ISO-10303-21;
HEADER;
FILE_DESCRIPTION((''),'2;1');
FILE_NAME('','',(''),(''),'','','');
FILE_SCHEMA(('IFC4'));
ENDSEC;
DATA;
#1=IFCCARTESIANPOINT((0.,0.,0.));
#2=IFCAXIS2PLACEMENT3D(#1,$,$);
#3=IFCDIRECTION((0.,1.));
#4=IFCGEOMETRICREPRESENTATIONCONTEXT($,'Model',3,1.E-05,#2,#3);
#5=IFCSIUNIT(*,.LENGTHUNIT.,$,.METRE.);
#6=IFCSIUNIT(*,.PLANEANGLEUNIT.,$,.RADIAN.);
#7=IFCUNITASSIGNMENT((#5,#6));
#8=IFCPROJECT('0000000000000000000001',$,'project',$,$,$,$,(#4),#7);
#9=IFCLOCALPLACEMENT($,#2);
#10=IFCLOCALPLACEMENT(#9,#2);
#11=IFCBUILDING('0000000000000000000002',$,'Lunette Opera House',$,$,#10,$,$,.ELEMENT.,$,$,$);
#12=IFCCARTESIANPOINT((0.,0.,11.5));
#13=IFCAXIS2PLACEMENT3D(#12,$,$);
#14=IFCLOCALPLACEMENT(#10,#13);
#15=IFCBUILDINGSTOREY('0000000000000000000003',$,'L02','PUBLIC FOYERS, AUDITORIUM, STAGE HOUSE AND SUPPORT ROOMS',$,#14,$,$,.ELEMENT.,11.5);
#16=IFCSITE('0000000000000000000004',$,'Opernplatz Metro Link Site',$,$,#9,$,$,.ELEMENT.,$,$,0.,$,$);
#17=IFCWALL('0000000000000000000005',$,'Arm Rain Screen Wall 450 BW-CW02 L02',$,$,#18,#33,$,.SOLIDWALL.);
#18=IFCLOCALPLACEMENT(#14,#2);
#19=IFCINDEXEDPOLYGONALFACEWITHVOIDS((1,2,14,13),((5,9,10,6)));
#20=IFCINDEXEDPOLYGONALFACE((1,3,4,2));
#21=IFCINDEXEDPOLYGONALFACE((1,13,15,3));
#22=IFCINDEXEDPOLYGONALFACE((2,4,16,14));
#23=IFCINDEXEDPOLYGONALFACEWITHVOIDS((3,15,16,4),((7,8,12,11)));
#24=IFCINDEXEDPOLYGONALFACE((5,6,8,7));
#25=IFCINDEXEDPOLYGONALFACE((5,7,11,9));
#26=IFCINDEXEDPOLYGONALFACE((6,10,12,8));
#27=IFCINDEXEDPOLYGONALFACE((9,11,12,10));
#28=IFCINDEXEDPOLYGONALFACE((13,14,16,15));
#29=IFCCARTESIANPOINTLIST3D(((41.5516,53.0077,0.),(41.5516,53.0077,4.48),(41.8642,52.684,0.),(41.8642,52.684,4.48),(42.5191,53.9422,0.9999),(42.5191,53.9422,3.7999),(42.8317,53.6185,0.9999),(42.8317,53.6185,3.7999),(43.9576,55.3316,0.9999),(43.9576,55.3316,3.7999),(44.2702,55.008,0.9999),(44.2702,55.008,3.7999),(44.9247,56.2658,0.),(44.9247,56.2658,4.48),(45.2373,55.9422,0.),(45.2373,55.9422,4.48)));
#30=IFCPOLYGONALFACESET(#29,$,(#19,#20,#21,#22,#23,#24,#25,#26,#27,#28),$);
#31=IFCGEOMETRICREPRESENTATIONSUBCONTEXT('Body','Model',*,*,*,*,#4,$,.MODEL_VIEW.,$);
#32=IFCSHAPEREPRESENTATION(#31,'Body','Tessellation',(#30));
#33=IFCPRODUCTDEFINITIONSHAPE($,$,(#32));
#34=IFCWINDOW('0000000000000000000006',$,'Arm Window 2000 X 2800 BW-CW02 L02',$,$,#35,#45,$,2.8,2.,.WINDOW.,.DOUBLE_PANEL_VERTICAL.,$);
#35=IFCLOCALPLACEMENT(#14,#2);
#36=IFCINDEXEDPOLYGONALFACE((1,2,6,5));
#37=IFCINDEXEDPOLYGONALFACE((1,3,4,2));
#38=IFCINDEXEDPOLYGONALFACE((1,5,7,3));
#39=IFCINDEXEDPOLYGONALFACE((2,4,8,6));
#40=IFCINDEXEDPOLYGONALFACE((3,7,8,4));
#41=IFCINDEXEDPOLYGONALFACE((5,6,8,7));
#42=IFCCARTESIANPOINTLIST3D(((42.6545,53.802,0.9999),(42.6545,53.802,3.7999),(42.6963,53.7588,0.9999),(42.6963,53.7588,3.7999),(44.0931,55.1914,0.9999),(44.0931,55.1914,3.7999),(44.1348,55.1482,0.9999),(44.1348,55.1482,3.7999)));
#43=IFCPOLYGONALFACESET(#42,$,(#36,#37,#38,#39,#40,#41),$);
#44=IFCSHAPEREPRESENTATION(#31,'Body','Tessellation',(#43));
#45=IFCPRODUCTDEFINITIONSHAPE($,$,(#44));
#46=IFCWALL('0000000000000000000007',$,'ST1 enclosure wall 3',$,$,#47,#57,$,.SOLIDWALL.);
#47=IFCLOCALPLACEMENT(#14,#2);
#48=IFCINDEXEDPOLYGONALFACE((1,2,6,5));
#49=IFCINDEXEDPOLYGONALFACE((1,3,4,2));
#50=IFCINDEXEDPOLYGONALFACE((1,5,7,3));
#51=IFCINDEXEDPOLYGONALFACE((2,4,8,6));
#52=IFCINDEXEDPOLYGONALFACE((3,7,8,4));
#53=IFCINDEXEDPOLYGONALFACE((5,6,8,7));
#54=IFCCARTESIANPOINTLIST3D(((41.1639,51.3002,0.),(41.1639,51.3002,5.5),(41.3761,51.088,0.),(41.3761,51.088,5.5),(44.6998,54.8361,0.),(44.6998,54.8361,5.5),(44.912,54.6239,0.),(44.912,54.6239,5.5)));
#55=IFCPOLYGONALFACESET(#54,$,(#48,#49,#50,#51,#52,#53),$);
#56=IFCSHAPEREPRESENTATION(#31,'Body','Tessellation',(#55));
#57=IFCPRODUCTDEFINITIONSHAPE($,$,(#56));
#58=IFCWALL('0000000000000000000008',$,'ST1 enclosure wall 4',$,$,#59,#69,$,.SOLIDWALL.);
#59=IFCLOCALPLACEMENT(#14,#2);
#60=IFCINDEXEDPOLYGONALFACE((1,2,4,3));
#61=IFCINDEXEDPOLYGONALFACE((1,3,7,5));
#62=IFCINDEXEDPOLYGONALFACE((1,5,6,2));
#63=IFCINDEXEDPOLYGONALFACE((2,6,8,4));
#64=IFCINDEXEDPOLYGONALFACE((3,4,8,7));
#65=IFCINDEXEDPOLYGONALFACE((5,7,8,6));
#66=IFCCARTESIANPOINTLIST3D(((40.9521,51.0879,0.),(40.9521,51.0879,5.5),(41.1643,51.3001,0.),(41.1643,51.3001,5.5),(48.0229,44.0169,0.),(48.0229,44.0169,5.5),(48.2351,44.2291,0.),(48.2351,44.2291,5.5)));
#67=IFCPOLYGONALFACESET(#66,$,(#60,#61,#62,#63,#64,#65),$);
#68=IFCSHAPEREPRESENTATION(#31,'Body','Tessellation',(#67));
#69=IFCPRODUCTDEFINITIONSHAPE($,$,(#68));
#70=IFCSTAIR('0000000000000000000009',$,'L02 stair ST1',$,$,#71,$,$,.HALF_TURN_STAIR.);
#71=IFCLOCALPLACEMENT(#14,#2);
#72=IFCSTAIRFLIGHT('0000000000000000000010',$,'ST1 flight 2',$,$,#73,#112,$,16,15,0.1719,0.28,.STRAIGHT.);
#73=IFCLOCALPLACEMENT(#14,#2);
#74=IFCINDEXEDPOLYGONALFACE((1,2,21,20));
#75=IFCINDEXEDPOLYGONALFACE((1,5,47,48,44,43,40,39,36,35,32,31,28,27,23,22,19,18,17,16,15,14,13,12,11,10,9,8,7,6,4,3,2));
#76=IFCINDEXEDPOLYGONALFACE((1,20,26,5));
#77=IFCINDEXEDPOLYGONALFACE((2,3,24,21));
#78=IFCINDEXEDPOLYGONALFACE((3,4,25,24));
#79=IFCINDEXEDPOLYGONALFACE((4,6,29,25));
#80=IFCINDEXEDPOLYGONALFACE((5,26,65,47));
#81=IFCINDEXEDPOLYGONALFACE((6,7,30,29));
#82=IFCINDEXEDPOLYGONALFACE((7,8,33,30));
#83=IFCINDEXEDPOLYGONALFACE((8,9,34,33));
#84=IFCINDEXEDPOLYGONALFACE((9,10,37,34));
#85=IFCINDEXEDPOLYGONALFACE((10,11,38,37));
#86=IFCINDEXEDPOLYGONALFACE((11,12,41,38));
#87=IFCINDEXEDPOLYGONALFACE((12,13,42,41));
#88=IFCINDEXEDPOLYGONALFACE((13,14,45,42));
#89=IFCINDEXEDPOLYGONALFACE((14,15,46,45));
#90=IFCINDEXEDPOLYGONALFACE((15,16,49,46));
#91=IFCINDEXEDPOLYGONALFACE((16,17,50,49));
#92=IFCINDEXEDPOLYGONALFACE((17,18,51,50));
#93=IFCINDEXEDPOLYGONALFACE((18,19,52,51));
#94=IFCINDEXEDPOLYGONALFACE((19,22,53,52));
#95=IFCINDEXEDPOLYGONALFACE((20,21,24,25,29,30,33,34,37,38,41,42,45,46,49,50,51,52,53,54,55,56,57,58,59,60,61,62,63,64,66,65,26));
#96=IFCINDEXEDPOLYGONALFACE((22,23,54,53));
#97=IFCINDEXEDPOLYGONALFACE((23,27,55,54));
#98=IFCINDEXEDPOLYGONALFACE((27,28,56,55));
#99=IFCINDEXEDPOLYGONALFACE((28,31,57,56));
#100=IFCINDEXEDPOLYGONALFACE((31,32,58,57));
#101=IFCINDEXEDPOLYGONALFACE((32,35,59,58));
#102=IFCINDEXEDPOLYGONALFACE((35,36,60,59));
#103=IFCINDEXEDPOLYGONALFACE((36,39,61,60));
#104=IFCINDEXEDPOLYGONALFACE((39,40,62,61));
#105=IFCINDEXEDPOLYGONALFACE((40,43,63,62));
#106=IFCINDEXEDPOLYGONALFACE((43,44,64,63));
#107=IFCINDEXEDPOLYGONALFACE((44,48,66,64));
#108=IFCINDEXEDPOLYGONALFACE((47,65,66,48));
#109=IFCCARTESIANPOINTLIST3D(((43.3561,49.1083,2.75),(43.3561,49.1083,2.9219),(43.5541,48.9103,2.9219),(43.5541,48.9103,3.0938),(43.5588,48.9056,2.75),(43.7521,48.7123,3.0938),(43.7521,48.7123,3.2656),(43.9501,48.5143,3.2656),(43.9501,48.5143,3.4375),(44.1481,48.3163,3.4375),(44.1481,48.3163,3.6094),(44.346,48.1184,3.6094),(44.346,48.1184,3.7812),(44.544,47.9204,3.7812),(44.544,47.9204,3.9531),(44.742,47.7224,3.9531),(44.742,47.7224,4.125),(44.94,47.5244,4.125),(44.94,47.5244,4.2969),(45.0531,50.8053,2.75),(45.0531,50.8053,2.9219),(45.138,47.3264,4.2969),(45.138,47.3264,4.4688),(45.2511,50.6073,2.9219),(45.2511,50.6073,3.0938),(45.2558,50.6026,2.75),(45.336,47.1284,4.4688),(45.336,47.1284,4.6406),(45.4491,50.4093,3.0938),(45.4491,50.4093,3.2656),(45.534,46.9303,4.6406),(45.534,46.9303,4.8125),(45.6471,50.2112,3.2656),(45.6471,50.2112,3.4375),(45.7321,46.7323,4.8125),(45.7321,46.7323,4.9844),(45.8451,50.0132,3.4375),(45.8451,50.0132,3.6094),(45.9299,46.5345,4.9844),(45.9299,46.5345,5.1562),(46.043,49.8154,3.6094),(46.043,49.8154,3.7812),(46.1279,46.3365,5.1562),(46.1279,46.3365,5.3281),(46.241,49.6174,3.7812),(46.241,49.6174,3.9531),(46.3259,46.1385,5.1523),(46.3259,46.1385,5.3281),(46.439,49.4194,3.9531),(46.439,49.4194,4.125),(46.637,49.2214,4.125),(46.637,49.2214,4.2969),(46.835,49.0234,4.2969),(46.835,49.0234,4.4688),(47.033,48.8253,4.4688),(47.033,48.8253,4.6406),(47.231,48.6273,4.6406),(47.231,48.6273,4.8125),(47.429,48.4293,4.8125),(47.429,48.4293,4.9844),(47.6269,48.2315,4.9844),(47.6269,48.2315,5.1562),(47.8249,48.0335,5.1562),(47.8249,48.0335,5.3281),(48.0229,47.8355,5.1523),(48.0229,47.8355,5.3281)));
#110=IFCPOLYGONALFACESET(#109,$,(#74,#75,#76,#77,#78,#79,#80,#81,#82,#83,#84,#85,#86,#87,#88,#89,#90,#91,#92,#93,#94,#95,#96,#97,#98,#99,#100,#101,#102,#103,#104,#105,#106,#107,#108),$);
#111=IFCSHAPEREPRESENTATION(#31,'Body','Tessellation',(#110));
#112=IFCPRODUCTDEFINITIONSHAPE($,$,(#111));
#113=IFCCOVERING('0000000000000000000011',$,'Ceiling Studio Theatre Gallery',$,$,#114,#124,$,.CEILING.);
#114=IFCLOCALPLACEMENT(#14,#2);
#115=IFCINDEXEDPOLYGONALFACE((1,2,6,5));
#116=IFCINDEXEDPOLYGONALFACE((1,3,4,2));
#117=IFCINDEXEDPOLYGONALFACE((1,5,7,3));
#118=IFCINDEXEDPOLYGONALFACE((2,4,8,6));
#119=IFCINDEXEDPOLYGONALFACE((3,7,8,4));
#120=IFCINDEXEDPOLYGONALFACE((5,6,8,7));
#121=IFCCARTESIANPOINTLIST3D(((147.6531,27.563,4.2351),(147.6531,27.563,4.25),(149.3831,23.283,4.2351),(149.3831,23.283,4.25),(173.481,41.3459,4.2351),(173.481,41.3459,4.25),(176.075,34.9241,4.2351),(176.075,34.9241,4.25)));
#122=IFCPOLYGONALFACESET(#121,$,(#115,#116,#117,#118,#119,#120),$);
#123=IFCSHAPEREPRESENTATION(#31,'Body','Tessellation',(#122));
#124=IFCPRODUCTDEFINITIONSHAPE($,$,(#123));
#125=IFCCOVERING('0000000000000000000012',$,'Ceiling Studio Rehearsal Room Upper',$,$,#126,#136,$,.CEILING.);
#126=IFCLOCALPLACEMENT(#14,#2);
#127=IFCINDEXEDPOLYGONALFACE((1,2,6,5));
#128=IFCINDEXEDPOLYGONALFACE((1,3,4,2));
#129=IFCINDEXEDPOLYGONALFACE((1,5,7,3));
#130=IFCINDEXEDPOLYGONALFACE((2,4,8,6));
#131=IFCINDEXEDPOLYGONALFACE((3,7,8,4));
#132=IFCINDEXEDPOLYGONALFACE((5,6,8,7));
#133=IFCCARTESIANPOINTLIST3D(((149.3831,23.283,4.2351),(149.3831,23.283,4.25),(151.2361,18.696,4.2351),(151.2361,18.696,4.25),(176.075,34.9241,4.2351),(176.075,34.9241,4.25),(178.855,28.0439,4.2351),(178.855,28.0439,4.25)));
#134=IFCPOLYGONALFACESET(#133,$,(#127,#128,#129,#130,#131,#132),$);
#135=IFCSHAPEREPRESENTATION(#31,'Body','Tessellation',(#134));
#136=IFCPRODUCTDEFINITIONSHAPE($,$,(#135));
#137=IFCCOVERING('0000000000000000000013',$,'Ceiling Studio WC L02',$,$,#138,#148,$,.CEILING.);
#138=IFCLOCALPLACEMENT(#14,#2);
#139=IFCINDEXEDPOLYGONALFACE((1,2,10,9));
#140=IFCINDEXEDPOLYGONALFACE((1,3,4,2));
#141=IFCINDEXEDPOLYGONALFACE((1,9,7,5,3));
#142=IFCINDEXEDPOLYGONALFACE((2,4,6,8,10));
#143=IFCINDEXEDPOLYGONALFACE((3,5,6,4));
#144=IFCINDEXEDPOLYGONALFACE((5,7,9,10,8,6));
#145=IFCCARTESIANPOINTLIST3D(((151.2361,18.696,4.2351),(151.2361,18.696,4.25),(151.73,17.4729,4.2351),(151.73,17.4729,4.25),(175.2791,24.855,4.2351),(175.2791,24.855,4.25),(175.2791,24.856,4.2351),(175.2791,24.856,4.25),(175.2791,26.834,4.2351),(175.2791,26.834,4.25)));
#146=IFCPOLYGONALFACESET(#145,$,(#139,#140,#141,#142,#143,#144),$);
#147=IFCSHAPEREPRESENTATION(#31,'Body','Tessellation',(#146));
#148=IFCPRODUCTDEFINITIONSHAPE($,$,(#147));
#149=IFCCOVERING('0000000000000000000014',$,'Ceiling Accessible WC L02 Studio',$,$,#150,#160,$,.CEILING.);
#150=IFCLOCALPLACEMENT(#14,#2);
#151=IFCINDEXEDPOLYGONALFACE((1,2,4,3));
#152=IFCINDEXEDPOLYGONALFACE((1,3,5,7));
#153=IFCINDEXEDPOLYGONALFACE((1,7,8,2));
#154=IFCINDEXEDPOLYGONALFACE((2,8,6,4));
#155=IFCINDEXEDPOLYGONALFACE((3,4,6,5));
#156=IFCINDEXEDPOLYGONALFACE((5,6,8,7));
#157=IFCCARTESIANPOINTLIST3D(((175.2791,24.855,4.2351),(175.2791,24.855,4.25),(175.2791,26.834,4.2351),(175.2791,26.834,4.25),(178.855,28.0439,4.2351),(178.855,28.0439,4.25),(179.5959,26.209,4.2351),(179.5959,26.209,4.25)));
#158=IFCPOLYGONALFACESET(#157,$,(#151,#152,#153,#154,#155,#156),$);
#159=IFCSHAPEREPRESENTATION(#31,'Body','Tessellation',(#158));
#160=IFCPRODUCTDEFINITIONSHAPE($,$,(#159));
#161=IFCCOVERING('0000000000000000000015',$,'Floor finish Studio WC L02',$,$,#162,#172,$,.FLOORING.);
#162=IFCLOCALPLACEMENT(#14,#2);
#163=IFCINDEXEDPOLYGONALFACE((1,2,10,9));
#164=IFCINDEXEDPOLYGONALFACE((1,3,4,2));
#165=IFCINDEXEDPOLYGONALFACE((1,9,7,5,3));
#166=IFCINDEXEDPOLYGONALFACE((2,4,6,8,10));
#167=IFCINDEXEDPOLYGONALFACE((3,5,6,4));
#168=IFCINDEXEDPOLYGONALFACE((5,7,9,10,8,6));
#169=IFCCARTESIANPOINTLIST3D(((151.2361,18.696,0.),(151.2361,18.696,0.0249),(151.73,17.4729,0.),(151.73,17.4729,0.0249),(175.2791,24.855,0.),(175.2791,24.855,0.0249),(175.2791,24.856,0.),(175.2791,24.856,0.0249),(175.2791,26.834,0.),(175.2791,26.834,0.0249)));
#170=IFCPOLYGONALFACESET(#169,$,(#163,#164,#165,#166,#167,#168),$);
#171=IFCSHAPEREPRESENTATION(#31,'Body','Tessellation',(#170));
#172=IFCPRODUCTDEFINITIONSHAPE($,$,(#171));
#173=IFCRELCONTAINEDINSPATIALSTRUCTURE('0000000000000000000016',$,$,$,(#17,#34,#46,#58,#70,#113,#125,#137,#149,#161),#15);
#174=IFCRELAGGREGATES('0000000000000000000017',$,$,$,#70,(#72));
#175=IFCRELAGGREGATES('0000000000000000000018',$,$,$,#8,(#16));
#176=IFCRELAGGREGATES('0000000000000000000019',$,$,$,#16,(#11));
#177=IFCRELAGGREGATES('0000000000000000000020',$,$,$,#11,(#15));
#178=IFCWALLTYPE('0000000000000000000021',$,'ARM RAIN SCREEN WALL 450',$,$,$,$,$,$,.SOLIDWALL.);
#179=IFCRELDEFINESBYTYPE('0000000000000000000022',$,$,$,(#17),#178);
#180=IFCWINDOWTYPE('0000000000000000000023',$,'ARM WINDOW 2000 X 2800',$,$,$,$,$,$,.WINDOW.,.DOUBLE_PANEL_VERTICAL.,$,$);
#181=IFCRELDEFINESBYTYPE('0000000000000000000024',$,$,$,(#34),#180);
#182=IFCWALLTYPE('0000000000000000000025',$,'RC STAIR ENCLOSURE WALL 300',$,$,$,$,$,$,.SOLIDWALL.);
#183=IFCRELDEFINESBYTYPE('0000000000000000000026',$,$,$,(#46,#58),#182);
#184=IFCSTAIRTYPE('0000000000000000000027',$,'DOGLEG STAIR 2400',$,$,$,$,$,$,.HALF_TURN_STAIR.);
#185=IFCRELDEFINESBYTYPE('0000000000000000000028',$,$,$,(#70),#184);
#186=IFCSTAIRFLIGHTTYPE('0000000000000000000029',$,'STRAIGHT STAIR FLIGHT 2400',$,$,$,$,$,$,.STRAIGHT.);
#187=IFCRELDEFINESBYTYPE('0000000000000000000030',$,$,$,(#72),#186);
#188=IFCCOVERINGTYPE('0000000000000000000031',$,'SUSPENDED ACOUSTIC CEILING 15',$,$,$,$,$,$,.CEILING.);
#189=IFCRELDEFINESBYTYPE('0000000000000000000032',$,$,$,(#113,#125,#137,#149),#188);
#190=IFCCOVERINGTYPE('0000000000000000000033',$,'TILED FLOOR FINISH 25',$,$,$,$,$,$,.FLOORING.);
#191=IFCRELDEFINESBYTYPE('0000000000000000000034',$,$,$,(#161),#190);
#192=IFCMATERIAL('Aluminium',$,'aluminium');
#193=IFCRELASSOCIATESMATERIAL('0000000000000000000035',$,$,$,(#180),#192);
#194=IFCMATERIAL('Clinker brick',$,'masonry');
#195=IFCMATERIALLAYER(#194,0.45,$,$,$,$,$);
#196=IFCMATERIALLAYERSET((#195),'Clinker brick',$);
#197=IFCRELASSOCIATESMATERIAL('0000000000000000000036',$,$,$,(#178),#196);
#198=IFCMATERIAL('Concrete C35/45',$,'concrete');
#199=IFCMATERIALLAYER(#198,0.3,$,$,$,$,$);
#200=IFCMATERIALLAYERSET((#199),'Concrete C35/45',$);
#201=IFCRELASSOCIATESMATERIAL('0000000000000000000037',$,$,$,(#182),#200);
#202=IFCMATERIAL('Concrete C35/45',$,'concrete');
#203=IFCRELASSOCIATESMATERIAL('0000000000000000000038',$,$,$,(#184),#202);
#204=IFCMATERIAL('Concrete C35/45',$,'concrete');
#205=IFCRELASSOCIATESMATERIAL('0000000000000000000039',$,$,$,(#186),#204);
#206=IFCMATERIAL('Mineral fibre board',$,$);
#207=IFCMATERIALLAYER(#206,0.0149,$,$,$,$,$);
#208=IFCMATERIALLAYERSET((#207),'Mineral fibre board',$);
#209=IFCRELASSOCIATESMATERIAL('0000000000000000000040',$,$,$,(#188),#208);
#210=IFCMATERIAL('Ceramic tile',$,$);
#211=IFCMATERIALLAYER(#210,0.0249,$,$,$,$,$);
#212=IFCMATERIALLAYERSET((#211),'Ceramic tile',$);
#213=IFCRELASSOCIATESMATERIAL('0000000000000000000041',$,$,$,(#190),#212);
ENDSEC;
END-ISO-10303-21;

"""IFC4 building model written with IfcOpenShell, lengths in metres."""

from ifc_helpers import new_model, si_unit, direction, frame, frame_2d, origin, place, context, subcontext, project, spatial, polyline, rectangle, outline, extrude, material, layer, layer_set, type_object, element, fill, aggregate, save


model = new_model("IFC4")

# Units and contexts
model_context = context("Model", 3, precision=1e-05, world=origin(), true_north=direction((0.0, 1.0)))
body_context = subcontext(model_context, "Body", "Model", "MODEL_VIEW")
ifc_project = project(units=[si_unit("LENGTHUNIT", "METRE"), si_unit("PLANEANGLEUNIT", "RADIAN")], contexts=[model_context])

# Site, building, storey
site_placement = place(None, origin())
site = spatial("IfcSite", under=ifc_project, at=site_placement, Name="Opernplatz Metro Link Site", CompositionType="ELEMENT", RefElevation=0.0)
building_placement = place(site_placement, origin())
building = spatial("IfcBuilding", under=site, at=building_placement, Name="Lunette Opera House", CompositionType="ELEMENT")
storey_placement = place(building_placement, frame((0.0, 0.0, 11.5)))
storey = spatial("IfcBuildingStorey", under=building, at=storey_placement, Name="L02", Description="PUBLIC FOYERS, AUDITORIUM, STAGE HOUSE AND SUPPORT ROOMS", CompositionType="ELEMENT", Elevation=11.5)

# Wall, opening, window
ifc_material_1 = material(Name="Aluminium", Category="aluminium")
window_type = type_object("IfcWindowType", Name="ARM WINDOW 2000 X 2800", PartitioningType="DOUBLE_PANEL_VERTICAL", PredefinedType="WINDOW", material=ifc_material_1)
ifc_material_2 = material(Name="Clinker brick", Category="masonry")
ifc_layer_1 = layer(ifc_material_2, 0.45)
ifc_layer_set_1 = layer_set([ifc_layer_1], Name="Clinker brick")
wall_type_1 = type_object("IfcWallType", Name="ARM RAIN SCREEN WALL 450", PredefinedType="SOLIDWALL", material=ifc_layer_set_1)
wall_1_placement = place(storey_placement, frame((41.708, 52.8459, 0.0), z_axis=(0.0, 0.0, 1.0), x_axis=(0.719261, 0.69474, 0.0)))
wall_1 = element("IfcWall", 1, at=wall_1_placement, inside=storey, type_object=wall_type_1, Name="Arm Rain Screen Wall 450 BW-CW02 L02", PredefinedType="SOLIDWALL", context=body_context, shape_type="SweptSolid", body=[
    extrude(rectangle(XDim=4.6897, YDim=0.45, at=frame_2d((2.3447, 0.0))), origin(), (0.0, 0.0, 1.0), 4.48),
])
opening_1_placement = place(wall_1_placement, frame((1.345, 0.0, 1.0)))
opening_1 = element("IfcOpeningElement", 2, at=opening_1_placement, cuts=wall_1, PredefinedType="OPENING", context=body_context, shape_type="SweptSolid", body=[
    extrude(rectangle(XDim=2.0, YDim=2.8, at=frame_2d((1.0, 1.3999))), frame((0.0, 0.2371, 0.0), z_axis=(0.0, -1.0, 0.0), x_axis=(1.0, 0.0, 0.0)), (0.0, 0.0, 1.0), 0.4739),
])
window_1_placement = place(opening_1_placement, origin())
window_1 = element("IfcWindow", 3, at=window_1_placement, inside=storey, type_object=window_type, Name="Arm Window 2000 X 2800 BW-CW02 L02", OverallHeight=2.8, OverallWidth=2.0, PartitioningType="DOUBLE_PANEL_VERTICAL", PredefinedType="WINDOW", context=body_context, shape_type="SweptSolid", body=[
    extrude(rectangle(XDim=2.0, YDim=2.8, at=frame_2d((1.0, 1.3999))), frame((0.0, 0.03, 0.0), z_axis=(0.0, -1.0, 0.0), x_axis=(1.0, 0.0, 0.0)), (0.0, 0.0, 1.0), 0.0601),
])
fill(opening_1, window_1)

# Walls
ifc_material_3 = material(Name="Concrete C35/45", Category="concrete")
ifc_layer_2 = layer(ifc_material_3, 0.3)
ifc_layer_set_2 = layer_set([ifc_layer_2], Name="Concrete C35/45")
wall_type_2 = type_object("IfcWallType", Name="RC STAIR ENCLOSURE WALL 300", PredefinedType="SOLIDWALL", material=ifc_layer_set_2)
wall_2_placement = place(storey_placement, frame((44.8059, 54.73, 0.0), z_axis=(0.0, 0.0, 1.0), x_axis=(-0.707107, -0.707107, 0.0)))
element("IfcWall", 4, at=wall_2_placement, inside=storey, type_object=wall_type_2, Name="ST1 enclosure wall 3", PredefinedType="SOLIDWALL", context=body_context, shape_type="SweptSolid", body=[
    extrude(rectangle(XDim=5.0005, YDim=0.3, at=frame_2d((2.5002, 0.0))), origin(), (0.0, 0.0, 1.0), 5.5),
])
wall_3_placement = place(storey_placement, frame((41.0581, 51.1941, 0.0), z_axis=(0.0, 0.0, 1.0), x_axis=(0.707095, -0.707119, 0.0)))
element("IfcWall", 5, at=wall_3_placement, inside=storey, type_object=wall_type_2, Name="ST1 enclosure wall 4", PredefinedType="SOLIDWALL", context=body_context, shape_type="SweptSolid", body=[
    extrude(rectangle(XDim=9.9998, YDim=0.3, at=frame_2d((5.0, 0.0))), origin(), (0.0, 0.0, 1.0), 5.5),
])

# Stair, stair flight
ifc_material_4 = material(Name="Concrete C35/45", Category="concrete")
stair_type = type_object("IfcStairType", Name="DOGLEG STAIR 2400", PredefinedType="HALF_TURN_STAIR", material=ifc_material_4)
stair_placement = place(storey_placement, origin())
stair = element("IfcStair", 6, at=stair_placement, inside=storey, type_object=stair_type, Name="L02 stair ST1", PredefinedType="HALF_TURN_STAIR")
ifc_material_5 = material(Name="Concrete C35/45", Category="concrete")
stair_flight_type = type_object("IfcStairFlightType", Name="STRAIGHT STAIR FLIGHT 2400", PredefinedType="STRAIGHT", material=ifc_material_5)
stair_flight_placement = place(storey_placement, frame((44.2046, 49.9568, 2.75), z_axis=(0.0, 0.0, 1.0), x_axis=(0.707107, -0.707107, 0.0)))
stair_flight = element("IfcStairFlight", 7, at=stair_flight_placement, type_object=stair_flight_type, Name="ST1 flight 2", NumberOfRisers=16, NumberOfTreads=15, PredefinedType="STRAIGHT", RiserHeight=0.1719, TreadLength=0.28, context=body_context, shape_type="SweptSolid", body=[
    extrude(outline(polyline([(0.0, 0.0), (0.0, 0.1719), (0.28, 0.1719), (0.28, 0.3438), (0.5601, 0.3438), (0.5601, 0.5156), (0.8401, 0.5156), (0.8401, 0.6875), (1.1201, 0.6875), (1.1201, 0.8594), (1.3999, 0.8594), (1.3999, 1.0312), (1.6799, 1.0312), (1.6799, 1.2031), (1.96, 1.2031), (1.96, 1.375), (2.24, 1.375), (2.24, 1.5469), (2.52, 1.5469), (2.52, 1.7188), (2.8, 1.7188), (2.8, 1.8906), (3.0801, 1.8906), (3.0801, 2.0625), (3.3601, 2.0625), (3.3601, 2.2344), (3.6399, 2.2344), (3.6399, 2.4062), (3.9199, 2.4062), (3.9199, 2.5781), (4.2, 2.5781), (4.2, 2.75), (4.2, 2.4023), (0.2866, 0.0), (0.0, 0.0)])), frame((0.0, 1.2, 0.0), z_axis=(0.0, -1.0, 0.0), x_axis=(1.0, 0.0, 0.0)), (0.0, 0.0, 1.0), 2.3999),
])
aggregate(stair, [stair_flight])

# Coverings
ifc_material_6 = material(Name="Mineral fibre board")
ifc_layer_3 = layer(ifc_material_6, 0.0149)
ifc_layer_set_3 = layer_set([ifc_layer_3], Name="Mineral fibre board")
covering_type_1 = type_object("IfcCoveringType", Name="SUSPENDED ACOUSTIC CEILING 15", PredefinedType="CEILING", material=ifc_layer_set_3)
covering_1_placement = place(storey_placement, frame((0.0, 0.0, 4.2351)))
element("IfcCovering", 8, at=covering_1_placement, inside=storey, type_object=covering_type_1, Name="Ceiling Studio Theatre Gallery", PredefinedType="CEILING", context=body_context, shape_type="SweptSolid", body=[
    extrude(outline(polyline([(147.6531, 27.563), (173.481, 41.3459), (176.075, 34.9241), (149.3831, 23.283), (147.6531, 27.563)])), origin(), (0.0, 0.0, 1.0), 0.0149),
])
covering_2_placement = place(storey_placement, frame((0.0, 0.0, 4.2351)))
element("IfcCovering", 9, at=covering_2_placement, inside=storey, type_object=covering_type_1, Name="Ceiling Studio Rehearsal Room Upper", PredefinedType="CEILING", context=body_context, shape_type="SweptSolid", body=[
    extrude(outline(polyline([(149.3831, 23.283), (176.075, 34.9241), (178.855, 28.0439), (151.2361, 18.696), (149.3831, 23.283)])), origin(), (0.0, 0.0, 1.0), 0.0149),
])
covering_3_placement = place(storey_placement, frame((0.0, 0.0, 4.2351)))
element("IfcCovering", 10, at=covering_3_placement, inside=storey, type_object=covering_type_1, Name="Ceiling Studio WC L02", PredefinedType="CEILING", context=body_context, shape_type="SweptSolid", body=[
    extrude(outline(polyline([(175.2791, 24.855), (151.73, 17.4729), (151.2361, 18.696), (175.2791, 26.834), (175.2791, 24.856), (175.2791, 24.855)])), origin(), (0.0, 0.0, 1.0), 0.0149),
])
covering_4_placement = place(storey_placement, frame((0.0, 0.0, 4.2351)))
element("IfcCovering", 11, at=covering_4_placement, inside=storey, type_object=covering_type_1, Name="Ceiling Accessible WC L02 Studio", PredefinedType="CEILING", context=body_context, shape_type="SweptSolid", body=[
    extrude(outline(polyline([(179.5959, 26.209), (175.2791, 24.855), (175.2791, 26.834), (178.855, 28.0439), (179.5959, 26.209)])), origin(), (0.0, 0.0, 1.0), 0.0149),
])
ifc_material_7 = material(Name="Ceramic tile")
ifc_layer_4 = layer(ifc_material_7, 0.0249)
ifc_layer_set_4 = layer_set([ifc_layer_4], Name="Ceramic tile")
covering_type_2 = type_object("IfcCoveringType", Name="TILED FLOOR FINISH 25", PredefinedType="FLOORING", material=ifc_layer_set_4)
covering_5_placement = place(storey_placement, origin())
element("IfcCovering", 12, at=covering_5_placement, inside=storey, type_object=covering_type_2, Name="Floor finish Studio WC L02", PredefinedType="FLOORING", context=body_context, shape_type="SweptSolid", body=[
    extrude(outline(polyline([(175.2791, 24.855), (151.73, 17.4729), (151.2361, 18.696), (175.2791, 26.834), (175.2791, 24.856), (175.2791, 24.855)])), origin(), (0.0, 0.0, 1.0), 0.0249),
])

save(model, "model.ifc")
